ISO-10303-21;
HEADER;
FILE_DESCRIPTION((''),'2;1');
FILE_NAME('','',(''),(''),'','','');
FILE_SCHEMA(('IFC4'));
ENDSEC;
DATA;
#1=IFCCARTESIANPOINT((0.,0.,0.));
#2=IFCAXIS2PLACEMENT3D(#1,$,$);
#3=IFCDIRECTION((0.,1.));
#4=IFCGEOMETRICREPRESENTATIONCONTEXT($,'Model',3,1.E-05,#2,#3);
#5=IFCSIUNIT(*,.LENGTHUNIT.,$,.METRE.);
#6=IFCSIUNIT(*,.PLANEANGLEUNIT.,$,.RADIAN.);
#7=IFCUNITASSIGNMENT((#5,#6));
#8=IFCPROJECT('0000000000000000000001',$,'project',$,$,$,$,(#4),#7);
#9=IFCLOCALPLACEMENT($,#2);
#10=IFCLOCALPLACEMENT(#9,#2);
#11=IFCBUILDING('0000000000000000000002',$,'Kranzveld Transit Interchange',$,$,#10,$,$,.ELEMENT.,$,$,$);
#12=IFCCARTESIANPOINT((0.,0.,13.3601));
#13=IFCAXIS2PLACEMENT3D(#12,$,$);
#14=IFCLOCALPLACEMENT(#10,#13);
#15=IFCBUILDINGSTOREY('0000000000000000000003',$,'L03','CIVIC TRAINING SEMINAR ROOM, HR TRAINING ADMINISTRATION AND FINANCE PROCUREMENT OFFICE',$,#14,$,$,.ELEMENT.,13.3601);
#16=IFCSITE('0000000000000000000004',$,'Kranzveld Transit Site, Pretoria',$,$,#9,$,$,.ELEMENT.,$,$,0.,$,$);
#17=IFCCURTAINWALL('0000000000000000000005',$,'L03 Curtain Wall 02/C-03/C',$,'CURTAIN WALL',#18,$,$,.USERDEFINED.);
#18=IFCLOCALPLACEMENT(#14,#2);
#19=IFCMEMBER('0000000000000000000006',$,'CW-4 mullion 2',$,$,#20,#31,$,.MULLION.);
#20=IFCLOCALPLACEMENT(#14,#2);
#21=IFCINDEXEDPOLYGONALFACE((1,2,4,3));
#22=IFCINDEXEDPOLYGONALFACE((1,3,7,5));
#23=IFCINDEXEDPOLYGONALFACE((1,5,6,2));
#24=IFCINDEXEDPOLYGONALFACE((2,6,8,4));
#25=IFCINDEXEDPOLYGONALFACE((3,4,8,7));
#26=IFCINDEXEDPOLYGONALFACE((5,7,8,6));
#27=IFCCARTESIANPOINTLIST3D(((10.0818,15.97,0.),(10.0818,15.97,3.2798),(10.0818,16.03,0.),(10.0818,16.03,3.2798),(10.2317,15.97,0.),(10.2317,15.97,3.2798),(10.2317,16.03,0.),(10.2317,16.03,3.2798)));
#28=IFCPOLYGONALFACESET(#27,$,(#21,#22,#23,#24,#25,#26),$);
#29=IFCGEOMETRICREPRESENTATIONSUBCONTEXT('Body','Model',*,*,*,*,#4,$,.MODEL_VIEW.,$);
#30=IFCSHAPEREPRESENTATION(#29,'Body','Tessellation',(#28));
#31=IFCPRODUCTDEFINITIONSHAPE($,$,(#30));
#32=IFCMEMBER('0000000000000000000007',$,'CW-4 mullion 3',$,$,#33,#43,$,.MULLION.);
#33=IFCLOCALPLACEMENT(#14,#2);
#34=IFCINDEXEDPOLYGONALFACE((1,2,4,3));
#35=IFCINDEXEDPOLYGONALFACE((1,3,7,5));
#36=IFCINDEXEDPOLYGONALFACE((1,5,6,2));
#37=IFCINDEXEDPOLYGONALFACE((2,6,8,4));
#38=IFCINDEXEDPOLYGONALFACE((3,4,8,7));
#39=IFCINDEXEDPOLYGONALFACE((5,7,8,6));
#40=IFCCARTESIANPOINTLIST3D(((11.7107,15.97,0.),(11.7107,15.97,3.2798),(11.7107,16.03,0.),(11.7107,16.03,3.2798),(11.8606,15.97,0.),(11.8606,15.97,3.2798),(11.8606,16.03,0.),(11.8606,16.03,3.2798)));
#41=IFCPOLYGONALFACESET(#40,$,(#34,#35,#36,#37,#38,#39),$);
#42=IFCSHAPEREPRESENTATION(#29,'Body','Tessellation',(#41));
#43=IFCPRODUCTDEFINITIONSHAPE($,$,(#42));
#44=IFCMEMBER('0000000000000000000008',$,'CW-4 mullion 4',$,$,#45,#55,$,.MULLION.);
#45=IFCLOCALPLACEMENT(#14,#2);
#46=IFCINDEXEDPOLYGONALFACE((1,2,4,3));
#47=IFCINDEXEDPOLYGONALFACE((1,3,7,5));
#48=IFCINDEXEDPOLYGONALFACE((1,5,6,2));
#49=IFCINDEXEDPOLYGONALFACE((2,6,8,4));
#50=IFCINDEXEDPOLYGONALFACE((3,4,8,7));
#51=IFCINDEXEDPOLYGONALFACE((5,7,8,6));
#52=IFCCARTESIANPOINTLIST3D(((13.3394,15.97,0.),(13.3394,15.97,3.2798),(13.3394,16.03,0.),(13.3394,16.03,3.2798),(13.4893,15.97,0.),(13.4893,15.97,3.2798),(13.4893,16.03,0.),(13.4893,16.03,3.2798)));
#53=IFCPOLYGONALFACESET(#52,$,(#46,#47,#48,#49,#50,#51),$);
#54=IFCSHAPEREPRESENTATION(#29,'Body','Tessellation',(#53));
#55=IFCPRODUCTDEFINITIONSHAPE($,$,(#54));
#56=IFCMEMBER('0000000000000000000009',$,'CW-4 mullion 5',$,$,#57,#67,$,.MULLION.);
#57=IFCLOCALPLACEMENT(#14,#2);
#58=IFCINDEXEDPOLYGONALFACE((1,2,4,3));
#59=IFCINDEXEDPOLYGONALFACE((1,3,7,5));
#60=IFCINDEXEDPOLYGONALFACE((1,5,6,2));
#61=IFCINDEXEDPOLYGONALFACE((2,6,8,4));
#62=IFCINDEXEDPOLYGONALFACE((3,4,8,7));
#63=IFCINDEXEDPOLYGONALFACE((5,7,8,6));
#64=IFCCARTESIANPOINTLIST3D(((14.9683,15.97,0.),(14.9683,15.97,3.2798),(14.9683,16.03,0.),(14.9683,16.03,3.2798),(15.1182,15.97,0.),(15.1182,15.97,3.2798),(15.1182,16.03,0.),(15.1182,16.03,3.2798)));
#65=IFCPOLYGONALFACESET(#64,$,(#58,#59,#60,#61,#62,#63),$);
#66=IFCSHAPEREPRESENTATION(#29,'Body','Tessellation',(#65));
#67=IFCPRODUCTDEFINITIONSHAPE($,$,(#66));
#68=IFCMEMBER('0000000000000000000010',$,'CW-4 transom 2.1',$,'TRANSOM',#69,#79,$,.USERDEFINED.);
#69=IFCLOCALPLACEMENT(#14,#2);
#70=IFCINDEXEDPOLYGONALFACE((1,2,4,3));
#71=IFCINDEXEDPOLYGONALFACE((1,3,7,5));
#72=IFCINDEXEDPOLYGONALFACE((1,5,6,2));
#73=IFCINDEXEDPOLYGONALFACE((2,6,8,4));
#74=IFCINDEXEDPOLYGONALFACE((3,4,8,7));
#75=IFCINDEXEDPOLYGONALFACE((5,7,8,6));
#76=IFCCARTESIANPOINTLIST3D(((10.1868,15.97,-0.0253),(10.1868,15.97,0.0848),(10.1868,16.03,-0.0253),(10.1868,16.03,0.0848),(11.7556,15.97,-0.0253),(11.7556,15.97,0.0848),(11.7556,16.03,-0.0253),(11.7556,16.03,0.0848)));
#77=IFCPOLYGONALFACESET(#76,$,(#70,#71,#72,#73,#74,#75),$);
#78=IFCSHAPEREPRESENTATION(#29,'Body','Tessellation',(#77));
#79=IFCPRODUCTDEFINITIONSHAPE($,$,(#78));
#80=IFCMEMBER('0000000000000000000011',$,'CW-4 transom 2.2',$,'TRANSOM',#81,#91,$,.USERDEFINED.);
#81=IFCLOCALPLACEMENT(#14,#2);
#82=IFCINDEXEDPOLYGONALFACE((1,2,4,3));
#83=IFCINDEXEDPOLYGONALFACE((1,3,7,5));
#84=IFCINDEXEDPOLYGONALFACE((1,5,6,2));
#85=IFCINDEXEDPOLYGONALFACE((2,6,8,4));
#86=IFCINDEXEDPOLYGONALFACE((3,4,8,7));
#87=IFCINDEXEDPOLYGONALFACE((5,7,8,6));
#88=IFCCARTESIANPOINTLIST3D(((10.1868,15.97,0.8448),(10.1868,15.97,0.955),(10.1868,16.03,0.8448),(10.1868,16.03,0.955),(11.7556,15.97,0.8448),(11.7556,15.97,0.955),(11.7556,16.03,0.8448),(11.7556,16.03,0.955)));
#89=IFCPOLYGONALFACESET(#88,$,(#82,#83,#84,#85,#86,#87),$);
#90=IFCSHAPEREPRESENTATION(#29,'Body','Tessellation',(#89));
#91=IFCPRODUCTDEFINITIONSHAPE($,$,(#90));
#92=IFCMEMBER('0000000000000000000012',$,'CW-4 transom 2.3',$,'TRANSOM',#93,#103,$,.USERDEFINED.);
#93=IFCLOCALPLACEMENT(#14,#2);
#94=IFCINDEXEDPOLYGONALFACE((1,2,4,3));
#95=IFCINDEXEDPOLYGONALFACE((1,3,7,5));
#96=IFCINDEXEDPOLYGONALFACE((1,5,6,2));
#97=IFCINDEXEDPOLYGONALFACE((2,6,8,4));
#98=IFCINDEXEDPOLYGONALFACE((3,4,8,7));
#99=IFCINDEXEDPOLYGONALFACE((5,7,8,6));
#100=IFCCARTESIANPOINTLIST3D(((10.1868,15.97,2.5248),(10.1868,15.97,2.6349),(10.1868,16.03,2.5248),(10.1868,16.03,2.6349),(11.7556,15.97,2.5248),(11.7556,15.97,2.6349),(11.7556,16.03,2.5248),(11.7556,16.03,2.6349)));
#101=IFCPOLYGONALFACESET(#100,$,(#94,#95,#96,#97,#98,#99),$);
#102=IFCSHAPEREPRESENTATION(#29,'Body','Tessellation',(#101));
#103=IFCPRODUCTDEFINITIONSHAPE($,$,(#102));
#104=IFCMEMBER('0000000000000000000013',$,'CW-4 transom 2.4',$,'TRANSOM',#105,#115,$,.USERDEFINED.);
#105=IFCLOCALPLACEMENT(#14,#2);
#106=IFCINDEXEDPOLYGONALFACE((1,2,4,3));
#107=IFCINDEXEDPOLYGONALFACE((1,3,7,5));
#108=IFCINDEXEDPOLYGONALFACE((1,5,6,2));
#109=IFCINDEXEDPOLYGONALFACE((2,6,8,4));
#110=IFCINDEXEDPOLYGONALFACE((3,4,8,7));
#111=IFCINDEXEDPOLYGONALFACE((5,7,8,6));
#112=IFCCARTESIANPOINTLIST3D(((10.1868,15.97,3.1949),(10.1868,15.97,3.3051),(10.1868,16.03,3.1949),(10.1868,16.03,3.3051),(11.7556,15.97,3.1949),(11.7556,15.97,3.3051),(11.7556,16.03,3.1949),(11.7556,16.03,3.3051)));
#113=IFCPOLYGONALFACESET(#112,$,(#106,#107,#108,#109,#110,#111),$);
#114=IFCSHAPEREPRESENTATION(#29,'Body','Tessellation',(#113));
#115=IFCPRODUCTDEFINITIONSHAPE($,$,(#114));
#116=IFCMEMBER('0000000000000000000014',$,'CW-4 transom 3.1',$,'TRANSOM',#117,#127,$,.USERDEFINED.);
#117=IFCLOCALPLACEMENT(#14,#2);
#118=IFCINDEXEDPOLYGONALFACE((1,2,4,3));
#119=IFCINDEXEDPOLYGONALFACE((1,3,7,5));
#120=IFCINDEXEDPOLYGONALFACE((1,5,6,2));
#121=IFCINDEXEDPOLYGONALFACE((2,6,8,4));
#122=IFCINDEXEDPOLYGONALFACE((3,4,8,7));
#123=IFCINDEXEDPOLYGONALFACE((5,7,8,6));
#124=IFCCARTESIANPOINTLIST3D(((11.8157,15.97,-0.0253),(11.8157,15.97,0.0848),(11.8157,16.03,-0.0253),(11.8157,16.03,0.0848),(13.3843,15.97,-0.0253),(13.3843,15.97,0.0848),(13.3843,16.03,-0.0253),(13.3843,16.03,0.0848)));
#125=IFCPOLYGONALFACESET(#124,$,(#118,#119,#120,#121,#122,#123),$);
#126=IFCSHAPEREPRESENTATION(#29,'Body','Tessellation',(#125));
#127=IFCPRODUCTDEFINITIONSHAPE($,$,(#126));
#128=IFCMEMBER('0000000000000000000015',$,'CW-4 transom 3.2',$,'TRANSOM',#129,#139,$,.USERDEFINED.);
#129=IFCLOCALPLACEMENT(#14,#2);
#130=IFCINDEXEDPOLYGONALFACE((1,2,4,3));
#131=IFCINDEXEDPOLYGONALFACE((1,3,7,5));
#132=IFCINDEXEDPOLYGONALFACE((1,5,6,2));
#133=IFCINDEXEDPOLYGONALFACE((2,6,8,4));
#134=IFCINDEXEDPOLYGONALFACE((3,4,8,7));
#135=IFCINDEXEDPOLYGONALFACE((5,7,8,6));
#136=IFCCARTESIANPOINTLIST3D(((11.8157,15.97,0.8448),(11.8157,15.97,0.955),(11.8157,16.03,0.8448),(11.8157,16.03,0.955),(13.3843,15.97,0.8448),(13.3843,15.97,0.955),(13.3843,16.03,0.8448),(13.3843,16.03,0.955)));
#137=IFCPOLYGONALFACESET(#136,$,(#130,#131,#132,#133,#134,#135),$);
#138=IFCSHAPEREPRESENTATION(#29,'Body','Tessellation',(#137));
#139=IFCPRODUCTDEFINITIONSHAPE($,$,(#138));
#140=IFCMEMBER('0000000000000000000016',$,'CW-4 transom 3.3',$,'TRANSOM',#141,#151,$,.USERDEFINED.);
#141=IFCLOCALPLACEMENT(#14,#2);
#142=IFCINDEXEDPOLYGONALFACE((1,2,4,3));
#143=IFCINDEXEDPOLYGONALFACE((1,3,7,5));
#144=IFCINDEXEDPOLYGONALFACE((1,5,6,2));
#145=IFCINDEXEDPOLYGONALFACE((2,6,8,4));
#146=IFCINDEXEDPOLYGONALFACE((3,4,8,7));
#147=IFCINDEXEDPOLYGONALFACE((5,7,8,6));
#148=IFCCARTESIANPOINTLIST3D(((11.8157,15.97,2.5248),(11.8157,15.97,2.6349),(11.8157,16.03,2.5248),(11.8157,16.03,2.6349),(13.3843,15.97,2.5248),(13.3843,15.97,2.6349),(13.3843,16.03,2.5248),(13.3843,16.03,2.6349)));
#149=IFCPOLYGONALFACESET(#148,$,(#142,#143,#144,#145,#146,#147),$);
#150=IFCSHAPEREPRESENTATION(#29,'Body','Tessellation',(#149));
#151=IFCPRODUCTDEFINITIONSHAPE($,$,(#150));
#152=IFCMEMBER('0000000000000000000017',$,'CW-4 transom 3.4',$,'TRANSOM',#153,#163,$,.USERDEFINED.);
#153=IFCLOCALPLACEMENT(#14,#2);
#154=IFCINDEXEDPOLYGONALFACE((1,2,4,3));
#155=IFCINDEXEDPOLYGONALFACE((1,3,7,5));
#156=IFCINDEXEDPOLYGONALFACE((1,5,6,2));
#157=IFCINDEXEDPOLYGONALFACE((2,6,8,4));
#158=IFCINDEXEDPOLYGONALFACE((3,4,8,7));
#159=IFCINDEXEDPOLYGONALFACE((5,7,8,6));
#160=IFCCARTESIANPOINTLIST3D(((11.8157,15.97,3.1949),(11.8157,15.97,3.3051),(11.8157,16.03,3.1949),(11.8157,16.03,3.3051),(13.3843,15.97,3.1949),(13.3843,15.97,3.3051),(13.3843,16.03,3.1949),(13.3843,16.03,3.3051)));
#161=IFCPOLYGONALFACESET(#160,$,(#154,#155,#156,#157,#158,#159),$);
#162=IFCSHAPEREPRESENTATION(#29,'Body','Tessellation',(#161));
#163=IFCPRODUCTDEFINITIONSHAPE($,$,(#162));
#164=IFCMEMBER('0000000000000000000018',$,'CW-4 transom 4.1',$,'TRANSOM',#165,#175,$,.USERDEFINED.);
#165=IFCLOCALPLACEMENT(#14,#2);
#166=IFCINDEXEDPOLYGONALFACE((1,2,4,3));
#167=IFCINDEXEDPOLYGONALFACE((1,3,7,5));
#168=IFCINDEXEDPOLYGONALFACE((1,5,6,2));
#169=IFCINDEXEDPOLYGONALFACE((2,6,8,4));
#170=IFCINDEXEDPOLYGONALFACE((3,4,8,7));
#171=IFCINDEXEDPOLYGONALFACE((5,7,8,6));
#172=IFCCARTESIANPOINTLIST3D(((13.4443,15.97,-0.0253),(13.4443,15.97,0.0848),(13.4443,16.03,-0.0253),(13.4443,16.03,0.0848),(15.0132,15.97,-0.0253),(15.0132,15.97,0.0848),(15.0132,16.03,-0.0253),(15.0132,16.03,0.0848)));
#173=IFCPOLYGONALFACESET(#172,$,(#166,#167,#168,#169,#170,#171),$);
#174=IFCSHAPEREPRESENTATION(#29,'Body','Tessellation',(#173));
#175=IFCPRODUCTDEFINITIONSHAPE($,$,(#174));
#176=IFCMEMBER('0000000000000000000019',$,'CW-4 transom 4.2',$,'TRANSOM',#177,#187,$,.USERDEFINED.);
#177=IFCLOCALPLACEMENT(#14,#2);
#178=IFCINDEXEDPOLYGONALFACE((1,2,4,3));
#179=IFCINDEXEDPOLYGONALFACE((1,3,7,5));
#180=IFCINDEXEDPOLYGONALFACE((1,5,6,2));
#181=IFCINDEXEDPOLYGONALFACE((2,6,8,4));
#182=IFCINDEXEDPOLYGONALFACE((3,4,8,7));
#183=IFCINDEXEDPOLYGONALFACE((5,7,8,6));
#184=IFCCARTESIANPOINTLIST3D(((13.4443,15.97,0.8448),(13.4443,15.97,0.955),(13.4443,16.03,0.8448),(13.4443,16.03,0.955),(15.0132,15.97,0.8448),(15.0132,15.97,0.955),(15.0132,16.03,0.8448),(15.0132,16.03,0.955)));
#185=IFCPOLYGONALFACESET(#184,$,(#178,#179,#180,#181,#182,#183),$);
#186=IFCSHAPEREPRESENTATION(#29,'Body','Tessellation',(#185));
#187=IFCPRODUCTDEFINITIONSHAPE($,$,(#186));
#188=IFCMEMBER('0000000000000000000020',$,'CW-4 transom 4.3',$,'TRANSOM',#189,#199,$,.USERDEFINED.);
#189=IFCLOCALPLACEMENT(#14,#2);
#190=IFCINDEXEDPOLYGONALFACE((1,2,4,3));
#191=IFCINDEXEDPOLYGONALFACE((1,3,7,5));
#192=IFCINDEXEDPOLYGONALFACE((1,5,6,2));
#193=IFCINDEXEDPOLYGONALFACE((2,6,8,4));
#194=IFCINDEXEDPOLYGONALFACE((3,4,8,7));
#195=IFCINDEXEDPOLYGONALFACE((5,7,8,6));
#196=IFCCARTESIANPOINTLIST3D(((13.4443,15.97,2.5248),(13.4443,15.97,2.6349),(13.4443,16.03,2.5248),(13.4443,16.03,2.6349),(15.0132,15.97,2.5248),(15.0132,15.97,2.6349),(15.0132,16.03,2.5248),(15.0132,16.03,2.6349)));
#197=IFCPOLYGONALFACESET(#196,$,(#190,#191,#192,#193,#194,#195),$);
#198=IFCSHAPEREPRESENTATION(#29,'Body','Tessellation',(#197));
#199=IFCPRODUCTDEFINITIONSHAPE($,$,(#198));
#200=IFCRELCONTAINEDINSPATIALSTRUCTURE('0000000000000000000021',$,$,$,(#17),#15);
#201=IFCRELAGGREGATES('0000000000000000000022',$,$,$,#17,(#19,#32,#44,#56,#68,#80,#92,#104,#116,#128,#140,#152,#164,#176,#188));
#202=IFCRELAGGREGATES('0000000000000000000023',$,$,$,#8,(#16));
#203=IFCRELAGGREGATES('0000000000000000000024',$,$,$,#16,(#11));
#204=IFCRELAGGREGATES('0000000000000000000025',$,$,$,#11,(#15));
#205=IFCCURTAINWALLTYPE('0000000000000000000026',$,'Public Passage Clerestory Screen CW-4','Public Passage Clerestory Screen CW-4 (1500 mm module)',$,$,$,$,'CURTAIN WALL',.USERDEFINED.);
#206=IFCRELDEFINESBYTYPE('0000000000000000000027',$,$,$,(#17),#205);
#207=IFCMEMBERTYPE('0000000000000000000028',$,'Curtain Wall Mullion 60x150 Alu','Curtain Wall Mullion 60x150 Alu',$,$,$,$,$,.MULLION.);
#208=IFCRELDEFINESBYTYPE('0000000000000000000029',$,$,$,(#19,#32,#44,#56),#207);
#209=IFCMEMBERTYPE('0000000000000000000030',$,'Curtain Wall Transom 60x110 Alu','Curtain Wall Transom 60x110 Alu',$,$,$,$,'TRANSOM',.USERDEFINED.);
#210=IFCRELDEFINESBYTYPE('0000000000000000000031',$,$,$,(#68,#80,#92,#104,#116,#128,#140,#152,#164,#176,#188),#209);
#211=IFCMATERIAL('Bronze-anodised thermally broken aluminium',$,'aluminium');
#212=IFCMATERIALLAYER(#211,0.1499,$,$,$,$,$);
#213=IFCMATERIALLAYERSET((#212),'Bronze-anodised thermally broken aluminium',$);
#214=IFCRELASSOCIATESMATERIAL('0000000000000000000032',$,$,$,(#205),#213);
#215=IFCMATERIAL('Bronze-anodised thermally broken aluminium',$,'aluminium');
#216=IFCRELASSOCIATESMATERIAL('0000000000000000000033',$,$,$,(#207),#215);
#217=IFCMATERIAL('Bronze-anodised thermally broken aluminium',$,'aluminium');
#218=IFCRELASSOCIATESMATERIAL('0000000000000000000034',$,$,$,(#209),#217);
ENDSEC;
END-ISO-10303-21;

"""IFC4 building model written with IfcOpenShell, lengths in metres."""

from ifc_helpers import new_model, si_unit, direction, frame, origin, origin_2d, place, context, subcontext, project, spatial, rectangle, extrude, material, layer, layer_set, material_profile, profile_set, type_object, element, aggregate, save


model = new_model("IFC4")

# Units and contexts
model_context = context("Model", 3, precision=1e-05, world=origin(), true_north=direction((0.0, 1.0)))
body_context = subcontext(model_context, "Body", "Model", "MODEL_VIEW")
ifc_project = project(units=[si_unit("LENGTHUNIT", "METRE"), si_unit("PLANEANGLEUNIT", "RADIAN")], contexts=[model_context])

# Site, building, storey
site_placement = place(None, origin())
site = spatial("IfcSite", under=ifc_project, at=site_placement, Name="Kranzveld Transit Site, Pretoria", CompositionType="ELEMENT", RefElevation=0.0)
building_placement = place(site_placement, origin())
building = spatial("IfcBuilding", under=site, at=building_placement, Name="Kranzveld Transit Interchange", CompositionType="ELEMENT")
storey_placement = place(building_placement, frame((0.0, 0.0, 13.3601)))
storey = spatial("IfcBuildingStorey", under=building, at=storey_placement, Name="L03", Description="CIVIC TRAINING SEMINAR ROOM, HR TRAINING ADMINISTRATION AND FINANCE PROCUREMENT OFFICE", CompositionType="ELEMENT", Elevation=13.3601)

# Curtain wall, members
ifc_material_1 = material(Name="Bronze-anodised thermally broken aluminium", Category="aluminium")
ifc_layer_1 = layer(ifc_material_1, 0.1499)
ifc_layer_set_1 = layer_set([ifc_layer_1], Name="Bronze-anodised thermally broken aluminium")
curtain_wall_type = type_object("IfcCurtainWallType", Name="Public Passage Clerestory Screen CW-4", Description="Public Passage Clerestory Screen CW-4 (1500 mm module)", ElementType="CURTAIN WALL", PredefinedType="USERDEFINED", material=ifc_layer_set_1)
curtain_wall_placement = place(storey_placement, origin())
curtain_wall = element("IfcCurtainWall", 1, at=curtain_wall_placement, inside=storey, type_object=curtain_wall_type, Name="L03 Curtain Wall 02/C-03/C", ObjectType="CURTAIN WALL", PredefinedType="USERDEFINED")
ifc_material_2 = material(Name="Bronze-anodised thermally broken aluminium", Category="aluminium")
ifc_material_profile_1 = material_profile(ifc_material_2, rectangle(XDim=0.0601, YDim=0.1499, at=origin_2d()), Name="ALU MULLION 60x150")
ifc_profile_set_1 = profile_set([ifc_material_profile_1], Name="Bronze-anodised thermally broken aluminium")
member_type_1 = type_object("IfcMemberType", Name="Curtain Wall Mullion 60x150 Alu", Description="Curtain Wall Mullion 60x150 Alu", PredefinedType="MULLION", material=ifc_profile_set_1)
member_1_placement = place(storey_placement, frame((10.1567, 16.0, 0.0), z_axis=(0.0, 0.0, 1.0), x_axis=(0.0, 1.0, 0.0)))
member_1 = element("IfcMember", 2, at=member_1_placement, type_object=member_type_1, Name="CW-4 mullion 2", PredefinedType="MULLION", context=body_context, shape_type="SweptSolid", body=[
    extrude(rectangle(XDim=0.0601, YDim=0.1499, at=origin_2d()), origin(), (0.0, 0.0, 1.0), 3.2798),
])
member_2_placement = place(storey_placement, frame((11.7856, 16.0, 0.0), z_axis=(0.0, 0.0, 1.0), x_axis=(0.0, 1.0, 0.0)))
member_2 = element("IfcMember", 3, at=member_2_placement, type_object=member_type_1, Name="CW-4 mullion 3", PredefinedType="MULLION", context=body_context, shape_type="SweptSolid", body=[
    extrude(rectangle(XDim=0.0601, YDim=0.1499, at=origin_2d()), origin(), (0.0, 0.0, 1.0), 3.2798),
])
member_3_placement = place(storey_placement, frame((13.4143, 16.0, 0.0), z_axis=(0.0, 0.0, 1.0), x_axis=(0.0, 1.0, 0.0)))
member_3 = element("IfcMember", 4, at=member_3_placement, type_object=member_type_1, Name="CW-4 mullion 4", PredefinedType="MULLION", context=body_context, shape_type="SweptSolid", body=[
    extrude(rectangle(XDim=0.0601, YDim=0.1499, at=origin_2d()), origin(), (0.0, 0.0, 1.0), 3.2798),
])
member_4_placement = place(storey_placement, frame((15.0432, 16.0, 0.0), z_axis=(0.0, 0.0, 1.0), x_axis=(0.0, 1.0, 0.0)))
member_4 = element("IfcMember", 5, at=member_4_placement, type_object=member_type_1, Name="CW-4 mullion 5", PredefinedType="MULLION", context=body_context, shape_type="SweptSolid", body=[
    extrude(rectangle(XDim=0.0601, YDim=0.1499, at=origin_2d()), origin(), (0.0, 0.0, 1.0), 3.2798),
])
ifc_material_3 = material(Name="Bronze-anodised thermally broken aluminium", Category="aluminium")
ifc_material_profile_2 = material_profile(ifc_material_3, rectangle(XDim=0.0601, YDim=0.1101, at=origin_2d()), Name="ALU TRANSOM 60x110")
ifc_profile_set_2 = profile_set([ifc_material_profile_2], Name="Bronze-anodised thermally broken aluminium")
member_type_2 = type_object("IfcMemberType", Name="Curtain Wall Transom 60x110 Alu", Description="Curtain Wall Transom 60x110 Alu", ElementType="TRANSOM", PredefinedType="USERDEFINED", material=ifc_profile_set_2)
member_5_placement = place(storey_placement, frame((10.1868, 16.0, 0.0298), z_axis=(1.0, 0.0, 0.0), x_axis=(0.0, 1.0, 0.0)))
member_5 = element("IfcMember", 6, at=member_5_placement, type_object=member_type_2, Name="CW-4 transom 2.1", ObjectType="TRANSOM", PredefinedType="USERDEFINED", context=body_context, shape_type="SweptSolid", body=[
    extrude(rectangle(XDim=0.0601, YDim=0.1101, at=origin_2d()), origin(), (0.0, 0.0, 1.0), 1.5688),
])
member_6_placement = place(storey_placement, frame((10.1868, 16.0, 0.8999), z_axis=(1.0, 0.0, 0.0), x_axis=(0.0, 1.0, 0.0)))
member_6 = element("IfcMember", 7, at=member_6_placement, type_object=member_type_2, Name="CW-4 transom 2.2", ObjectType="TRANSOM", PredefinedType="USERDEFINED", context=body_context, shape_type="SweptSolid", body=[
    extrude(rectangle(XDim=0.0601, YDim=0.1101, at=origin_2d()), origin(), (0.0, 0.0, 1.0), 1.5688),
])
member_7_placement = place(storey_placement, frame((10.1868, 16.0, 2.5798), z_axis=(1.0, 0.0, 0.0), x_axis=(0.0, 1.0, 0.0)))
member_7 = element("IfcMember", 8, at=member_7_placement, type_object=member_type_2, Name="CW-4 transom 2.3", ObjectType="TRANSOM", PredefinedType="USERDEFINED", context=body_context, shape_type="SweptSolid", body=[
    extrude(rectangle(XDim=0.0601, YDim=0.1101, at=origin_2d()), origin(), (0.0, 0.0, 1.0), 1.5688),
])
member_8_placement = place(storey_placement, frame((10.1868, 16.0, 3.25), z_axis=(1.0, 0.0, 0.0), x_axis=(0.0, 1.0, 0.0)))
member_8 = element("IfcMember", 9, at=member_8_placement, type_object=member_type_2, Name="CW-4 transom 2.4", ObjectType="TRANSOM", PredefinedType="USERDEFINED", context=body_context, shape_type="SweptSolid", body=[
    extrude(rectangle(XDim=0.0601, YDim=0.1101, at=origin_2d()), origin(), (0.0, 0.0, 1.0), 1.5688),
])
member_9_placement = place(storey_placement, frame((11.8157, 16.0, 0.0298), z_axis=(1.0, 0.0, 0.0), x_axis=(0.0, 1.0, 0.0)))
member_9 = element("IfcMember", 10, at=member_9_placement, type_object=member_type_2, Name="CW-4 transom 3.1", ObjectType="TRANSOM", PredefinedType="USERDEFINED", context=body_context, shape_type="SweptSolid", body=[
    extrude(rectangle(XDim=0.0601, YDim=0.1101, at=origin_2d()), origin(), (0.0, 0.0, 1.0), 1.5686),
])
member_10_placement = place(storey_placement, frame((11.8157, 16.0, 0.8999), z_axis=(1.0, 0.0, 0.0), x_axis=(0.0, 1.0, 0.0)))
member_10 = element("IfcMember", 11, at=member_10_placement, type_object=member_type_2, Name="CW-4 transom 3.2", ObjectType="TRANSOM", PredefinedType="USERDEFINED", context=body_context, shape_type="SweptSolid", body=[
    extrude(rectangle(XDim=0.0601, YDim=0.1101, at=origin_2d()), origin(), (0.0, 0.0, 1.0), 1.5686),
])
member_11_placement = place(storey_placement, frame((11.8157, 16.0, 2.5798), z_axis=(1.0, 0.0, 0.0), x_axis=(0.0, 1.0, 0.0)))
member_11 = element("IfcMember", 12, at=member_11_placement, type_object=member_type_2, Name="CW-4 transom 3.3", ObjectType="TRANSOM", PredefinedType="USERDEFINED", context=body_context, shape_type="SweptSolid", body=[
    extrude(rectangle(XDim=0.0601, YDim=0.1101, at=origin_2d()), origin(), (0.0, 0.0, 1.0), 1.5686),
])
member_12_placement = place(storey_placement, frame((11.8157, 16.0, 3.25), z_axis=(1.0, 0.0, 0.0), x_axis=(0.0, 1.0, 0.0)))
member_12 = element("IfcMember", 13, at=member_12_placement, type_object=member_type_2, Name="CW-4 transom 3.4", ObjectType="TRANSOM", PredefinedType="USERDEFINED", context=body_context, shape_type="SweptSolid", body=[
    extrude(rectangle(XDim=0.0601, YDim=0.1101, at=origin_2d()), origin(), (0.0, 0.0, 1.0), 1.5686),
])
member_13_placement = place(storey_placement, frame((13.4443, 16.0, 0.0298), z_axis=(1.0, 0.0, 0.0), x_axis=(0.0, 1.0, 0.0)))
member_13 = element("IfcMember", 14, at=member_13_placement, type_object=member_type_2, Name="CW-4 transom 4.1", ObjectType="TRANSOM", PredefinedType="USERDEFINED", context=body_context, shape_type="SweptSolid", body=[
    extrude(rectangle(XDim=0.0601, YDim=0.1101, at=origin_2d()), origin(), (0.0, 0.0, 1.0), 1.5688),
])
member_14_placement = place(storey_placement, frame((13.4443, 16.0, 0.8999), z_axis=(1.0, 0.0, 0.0), x_axis=(0.0, 1.0, 0.0)))
member_14 = element("IfcMember", 15, at=member_14_placement, type_object=member_type_2, Name="CW-4 transom 4.2", ObjectType="TRANSOM", PredefinedType="USERDEFINED", context=body_context, shape_type="SweptSolid", body=[
    extrude(rectangle(XDim=0.0601, YDim=0.1101, at=origin_2d()), origin(), (0.0, 0.0, 1.0), 1.5688),
])
member_15_placement = place(storey_placement, frame((13.4443, 16.0, 2.5798), z_axis=(1.0, 0.0, 0.0), x_axis=(0.0, 1.0, 0.0)))
member_15 = element("IfcMember", 16, at=member_15_placement, type_object=member_type_2, Name="CW-4 transom 4.3", ObjectType="TRANSOM", PredefinedType="USERDEFINED", context=body_context, shape_type="SweptSolid", body=[
    extrude(rectangle(XDim=0.0601, YDim=0.1101, at=origin_2d()), origin(), (0.0, 0.0, 1.0), 1.5688),
])
aggregate(curtain_wall, [member_1, member_2, member_3, member_4, member_5, member_6, member_7, member_8, member_9, member_10, member_11, member_12, member_13, member_14, member_15])

save(model, "model.ifc")
